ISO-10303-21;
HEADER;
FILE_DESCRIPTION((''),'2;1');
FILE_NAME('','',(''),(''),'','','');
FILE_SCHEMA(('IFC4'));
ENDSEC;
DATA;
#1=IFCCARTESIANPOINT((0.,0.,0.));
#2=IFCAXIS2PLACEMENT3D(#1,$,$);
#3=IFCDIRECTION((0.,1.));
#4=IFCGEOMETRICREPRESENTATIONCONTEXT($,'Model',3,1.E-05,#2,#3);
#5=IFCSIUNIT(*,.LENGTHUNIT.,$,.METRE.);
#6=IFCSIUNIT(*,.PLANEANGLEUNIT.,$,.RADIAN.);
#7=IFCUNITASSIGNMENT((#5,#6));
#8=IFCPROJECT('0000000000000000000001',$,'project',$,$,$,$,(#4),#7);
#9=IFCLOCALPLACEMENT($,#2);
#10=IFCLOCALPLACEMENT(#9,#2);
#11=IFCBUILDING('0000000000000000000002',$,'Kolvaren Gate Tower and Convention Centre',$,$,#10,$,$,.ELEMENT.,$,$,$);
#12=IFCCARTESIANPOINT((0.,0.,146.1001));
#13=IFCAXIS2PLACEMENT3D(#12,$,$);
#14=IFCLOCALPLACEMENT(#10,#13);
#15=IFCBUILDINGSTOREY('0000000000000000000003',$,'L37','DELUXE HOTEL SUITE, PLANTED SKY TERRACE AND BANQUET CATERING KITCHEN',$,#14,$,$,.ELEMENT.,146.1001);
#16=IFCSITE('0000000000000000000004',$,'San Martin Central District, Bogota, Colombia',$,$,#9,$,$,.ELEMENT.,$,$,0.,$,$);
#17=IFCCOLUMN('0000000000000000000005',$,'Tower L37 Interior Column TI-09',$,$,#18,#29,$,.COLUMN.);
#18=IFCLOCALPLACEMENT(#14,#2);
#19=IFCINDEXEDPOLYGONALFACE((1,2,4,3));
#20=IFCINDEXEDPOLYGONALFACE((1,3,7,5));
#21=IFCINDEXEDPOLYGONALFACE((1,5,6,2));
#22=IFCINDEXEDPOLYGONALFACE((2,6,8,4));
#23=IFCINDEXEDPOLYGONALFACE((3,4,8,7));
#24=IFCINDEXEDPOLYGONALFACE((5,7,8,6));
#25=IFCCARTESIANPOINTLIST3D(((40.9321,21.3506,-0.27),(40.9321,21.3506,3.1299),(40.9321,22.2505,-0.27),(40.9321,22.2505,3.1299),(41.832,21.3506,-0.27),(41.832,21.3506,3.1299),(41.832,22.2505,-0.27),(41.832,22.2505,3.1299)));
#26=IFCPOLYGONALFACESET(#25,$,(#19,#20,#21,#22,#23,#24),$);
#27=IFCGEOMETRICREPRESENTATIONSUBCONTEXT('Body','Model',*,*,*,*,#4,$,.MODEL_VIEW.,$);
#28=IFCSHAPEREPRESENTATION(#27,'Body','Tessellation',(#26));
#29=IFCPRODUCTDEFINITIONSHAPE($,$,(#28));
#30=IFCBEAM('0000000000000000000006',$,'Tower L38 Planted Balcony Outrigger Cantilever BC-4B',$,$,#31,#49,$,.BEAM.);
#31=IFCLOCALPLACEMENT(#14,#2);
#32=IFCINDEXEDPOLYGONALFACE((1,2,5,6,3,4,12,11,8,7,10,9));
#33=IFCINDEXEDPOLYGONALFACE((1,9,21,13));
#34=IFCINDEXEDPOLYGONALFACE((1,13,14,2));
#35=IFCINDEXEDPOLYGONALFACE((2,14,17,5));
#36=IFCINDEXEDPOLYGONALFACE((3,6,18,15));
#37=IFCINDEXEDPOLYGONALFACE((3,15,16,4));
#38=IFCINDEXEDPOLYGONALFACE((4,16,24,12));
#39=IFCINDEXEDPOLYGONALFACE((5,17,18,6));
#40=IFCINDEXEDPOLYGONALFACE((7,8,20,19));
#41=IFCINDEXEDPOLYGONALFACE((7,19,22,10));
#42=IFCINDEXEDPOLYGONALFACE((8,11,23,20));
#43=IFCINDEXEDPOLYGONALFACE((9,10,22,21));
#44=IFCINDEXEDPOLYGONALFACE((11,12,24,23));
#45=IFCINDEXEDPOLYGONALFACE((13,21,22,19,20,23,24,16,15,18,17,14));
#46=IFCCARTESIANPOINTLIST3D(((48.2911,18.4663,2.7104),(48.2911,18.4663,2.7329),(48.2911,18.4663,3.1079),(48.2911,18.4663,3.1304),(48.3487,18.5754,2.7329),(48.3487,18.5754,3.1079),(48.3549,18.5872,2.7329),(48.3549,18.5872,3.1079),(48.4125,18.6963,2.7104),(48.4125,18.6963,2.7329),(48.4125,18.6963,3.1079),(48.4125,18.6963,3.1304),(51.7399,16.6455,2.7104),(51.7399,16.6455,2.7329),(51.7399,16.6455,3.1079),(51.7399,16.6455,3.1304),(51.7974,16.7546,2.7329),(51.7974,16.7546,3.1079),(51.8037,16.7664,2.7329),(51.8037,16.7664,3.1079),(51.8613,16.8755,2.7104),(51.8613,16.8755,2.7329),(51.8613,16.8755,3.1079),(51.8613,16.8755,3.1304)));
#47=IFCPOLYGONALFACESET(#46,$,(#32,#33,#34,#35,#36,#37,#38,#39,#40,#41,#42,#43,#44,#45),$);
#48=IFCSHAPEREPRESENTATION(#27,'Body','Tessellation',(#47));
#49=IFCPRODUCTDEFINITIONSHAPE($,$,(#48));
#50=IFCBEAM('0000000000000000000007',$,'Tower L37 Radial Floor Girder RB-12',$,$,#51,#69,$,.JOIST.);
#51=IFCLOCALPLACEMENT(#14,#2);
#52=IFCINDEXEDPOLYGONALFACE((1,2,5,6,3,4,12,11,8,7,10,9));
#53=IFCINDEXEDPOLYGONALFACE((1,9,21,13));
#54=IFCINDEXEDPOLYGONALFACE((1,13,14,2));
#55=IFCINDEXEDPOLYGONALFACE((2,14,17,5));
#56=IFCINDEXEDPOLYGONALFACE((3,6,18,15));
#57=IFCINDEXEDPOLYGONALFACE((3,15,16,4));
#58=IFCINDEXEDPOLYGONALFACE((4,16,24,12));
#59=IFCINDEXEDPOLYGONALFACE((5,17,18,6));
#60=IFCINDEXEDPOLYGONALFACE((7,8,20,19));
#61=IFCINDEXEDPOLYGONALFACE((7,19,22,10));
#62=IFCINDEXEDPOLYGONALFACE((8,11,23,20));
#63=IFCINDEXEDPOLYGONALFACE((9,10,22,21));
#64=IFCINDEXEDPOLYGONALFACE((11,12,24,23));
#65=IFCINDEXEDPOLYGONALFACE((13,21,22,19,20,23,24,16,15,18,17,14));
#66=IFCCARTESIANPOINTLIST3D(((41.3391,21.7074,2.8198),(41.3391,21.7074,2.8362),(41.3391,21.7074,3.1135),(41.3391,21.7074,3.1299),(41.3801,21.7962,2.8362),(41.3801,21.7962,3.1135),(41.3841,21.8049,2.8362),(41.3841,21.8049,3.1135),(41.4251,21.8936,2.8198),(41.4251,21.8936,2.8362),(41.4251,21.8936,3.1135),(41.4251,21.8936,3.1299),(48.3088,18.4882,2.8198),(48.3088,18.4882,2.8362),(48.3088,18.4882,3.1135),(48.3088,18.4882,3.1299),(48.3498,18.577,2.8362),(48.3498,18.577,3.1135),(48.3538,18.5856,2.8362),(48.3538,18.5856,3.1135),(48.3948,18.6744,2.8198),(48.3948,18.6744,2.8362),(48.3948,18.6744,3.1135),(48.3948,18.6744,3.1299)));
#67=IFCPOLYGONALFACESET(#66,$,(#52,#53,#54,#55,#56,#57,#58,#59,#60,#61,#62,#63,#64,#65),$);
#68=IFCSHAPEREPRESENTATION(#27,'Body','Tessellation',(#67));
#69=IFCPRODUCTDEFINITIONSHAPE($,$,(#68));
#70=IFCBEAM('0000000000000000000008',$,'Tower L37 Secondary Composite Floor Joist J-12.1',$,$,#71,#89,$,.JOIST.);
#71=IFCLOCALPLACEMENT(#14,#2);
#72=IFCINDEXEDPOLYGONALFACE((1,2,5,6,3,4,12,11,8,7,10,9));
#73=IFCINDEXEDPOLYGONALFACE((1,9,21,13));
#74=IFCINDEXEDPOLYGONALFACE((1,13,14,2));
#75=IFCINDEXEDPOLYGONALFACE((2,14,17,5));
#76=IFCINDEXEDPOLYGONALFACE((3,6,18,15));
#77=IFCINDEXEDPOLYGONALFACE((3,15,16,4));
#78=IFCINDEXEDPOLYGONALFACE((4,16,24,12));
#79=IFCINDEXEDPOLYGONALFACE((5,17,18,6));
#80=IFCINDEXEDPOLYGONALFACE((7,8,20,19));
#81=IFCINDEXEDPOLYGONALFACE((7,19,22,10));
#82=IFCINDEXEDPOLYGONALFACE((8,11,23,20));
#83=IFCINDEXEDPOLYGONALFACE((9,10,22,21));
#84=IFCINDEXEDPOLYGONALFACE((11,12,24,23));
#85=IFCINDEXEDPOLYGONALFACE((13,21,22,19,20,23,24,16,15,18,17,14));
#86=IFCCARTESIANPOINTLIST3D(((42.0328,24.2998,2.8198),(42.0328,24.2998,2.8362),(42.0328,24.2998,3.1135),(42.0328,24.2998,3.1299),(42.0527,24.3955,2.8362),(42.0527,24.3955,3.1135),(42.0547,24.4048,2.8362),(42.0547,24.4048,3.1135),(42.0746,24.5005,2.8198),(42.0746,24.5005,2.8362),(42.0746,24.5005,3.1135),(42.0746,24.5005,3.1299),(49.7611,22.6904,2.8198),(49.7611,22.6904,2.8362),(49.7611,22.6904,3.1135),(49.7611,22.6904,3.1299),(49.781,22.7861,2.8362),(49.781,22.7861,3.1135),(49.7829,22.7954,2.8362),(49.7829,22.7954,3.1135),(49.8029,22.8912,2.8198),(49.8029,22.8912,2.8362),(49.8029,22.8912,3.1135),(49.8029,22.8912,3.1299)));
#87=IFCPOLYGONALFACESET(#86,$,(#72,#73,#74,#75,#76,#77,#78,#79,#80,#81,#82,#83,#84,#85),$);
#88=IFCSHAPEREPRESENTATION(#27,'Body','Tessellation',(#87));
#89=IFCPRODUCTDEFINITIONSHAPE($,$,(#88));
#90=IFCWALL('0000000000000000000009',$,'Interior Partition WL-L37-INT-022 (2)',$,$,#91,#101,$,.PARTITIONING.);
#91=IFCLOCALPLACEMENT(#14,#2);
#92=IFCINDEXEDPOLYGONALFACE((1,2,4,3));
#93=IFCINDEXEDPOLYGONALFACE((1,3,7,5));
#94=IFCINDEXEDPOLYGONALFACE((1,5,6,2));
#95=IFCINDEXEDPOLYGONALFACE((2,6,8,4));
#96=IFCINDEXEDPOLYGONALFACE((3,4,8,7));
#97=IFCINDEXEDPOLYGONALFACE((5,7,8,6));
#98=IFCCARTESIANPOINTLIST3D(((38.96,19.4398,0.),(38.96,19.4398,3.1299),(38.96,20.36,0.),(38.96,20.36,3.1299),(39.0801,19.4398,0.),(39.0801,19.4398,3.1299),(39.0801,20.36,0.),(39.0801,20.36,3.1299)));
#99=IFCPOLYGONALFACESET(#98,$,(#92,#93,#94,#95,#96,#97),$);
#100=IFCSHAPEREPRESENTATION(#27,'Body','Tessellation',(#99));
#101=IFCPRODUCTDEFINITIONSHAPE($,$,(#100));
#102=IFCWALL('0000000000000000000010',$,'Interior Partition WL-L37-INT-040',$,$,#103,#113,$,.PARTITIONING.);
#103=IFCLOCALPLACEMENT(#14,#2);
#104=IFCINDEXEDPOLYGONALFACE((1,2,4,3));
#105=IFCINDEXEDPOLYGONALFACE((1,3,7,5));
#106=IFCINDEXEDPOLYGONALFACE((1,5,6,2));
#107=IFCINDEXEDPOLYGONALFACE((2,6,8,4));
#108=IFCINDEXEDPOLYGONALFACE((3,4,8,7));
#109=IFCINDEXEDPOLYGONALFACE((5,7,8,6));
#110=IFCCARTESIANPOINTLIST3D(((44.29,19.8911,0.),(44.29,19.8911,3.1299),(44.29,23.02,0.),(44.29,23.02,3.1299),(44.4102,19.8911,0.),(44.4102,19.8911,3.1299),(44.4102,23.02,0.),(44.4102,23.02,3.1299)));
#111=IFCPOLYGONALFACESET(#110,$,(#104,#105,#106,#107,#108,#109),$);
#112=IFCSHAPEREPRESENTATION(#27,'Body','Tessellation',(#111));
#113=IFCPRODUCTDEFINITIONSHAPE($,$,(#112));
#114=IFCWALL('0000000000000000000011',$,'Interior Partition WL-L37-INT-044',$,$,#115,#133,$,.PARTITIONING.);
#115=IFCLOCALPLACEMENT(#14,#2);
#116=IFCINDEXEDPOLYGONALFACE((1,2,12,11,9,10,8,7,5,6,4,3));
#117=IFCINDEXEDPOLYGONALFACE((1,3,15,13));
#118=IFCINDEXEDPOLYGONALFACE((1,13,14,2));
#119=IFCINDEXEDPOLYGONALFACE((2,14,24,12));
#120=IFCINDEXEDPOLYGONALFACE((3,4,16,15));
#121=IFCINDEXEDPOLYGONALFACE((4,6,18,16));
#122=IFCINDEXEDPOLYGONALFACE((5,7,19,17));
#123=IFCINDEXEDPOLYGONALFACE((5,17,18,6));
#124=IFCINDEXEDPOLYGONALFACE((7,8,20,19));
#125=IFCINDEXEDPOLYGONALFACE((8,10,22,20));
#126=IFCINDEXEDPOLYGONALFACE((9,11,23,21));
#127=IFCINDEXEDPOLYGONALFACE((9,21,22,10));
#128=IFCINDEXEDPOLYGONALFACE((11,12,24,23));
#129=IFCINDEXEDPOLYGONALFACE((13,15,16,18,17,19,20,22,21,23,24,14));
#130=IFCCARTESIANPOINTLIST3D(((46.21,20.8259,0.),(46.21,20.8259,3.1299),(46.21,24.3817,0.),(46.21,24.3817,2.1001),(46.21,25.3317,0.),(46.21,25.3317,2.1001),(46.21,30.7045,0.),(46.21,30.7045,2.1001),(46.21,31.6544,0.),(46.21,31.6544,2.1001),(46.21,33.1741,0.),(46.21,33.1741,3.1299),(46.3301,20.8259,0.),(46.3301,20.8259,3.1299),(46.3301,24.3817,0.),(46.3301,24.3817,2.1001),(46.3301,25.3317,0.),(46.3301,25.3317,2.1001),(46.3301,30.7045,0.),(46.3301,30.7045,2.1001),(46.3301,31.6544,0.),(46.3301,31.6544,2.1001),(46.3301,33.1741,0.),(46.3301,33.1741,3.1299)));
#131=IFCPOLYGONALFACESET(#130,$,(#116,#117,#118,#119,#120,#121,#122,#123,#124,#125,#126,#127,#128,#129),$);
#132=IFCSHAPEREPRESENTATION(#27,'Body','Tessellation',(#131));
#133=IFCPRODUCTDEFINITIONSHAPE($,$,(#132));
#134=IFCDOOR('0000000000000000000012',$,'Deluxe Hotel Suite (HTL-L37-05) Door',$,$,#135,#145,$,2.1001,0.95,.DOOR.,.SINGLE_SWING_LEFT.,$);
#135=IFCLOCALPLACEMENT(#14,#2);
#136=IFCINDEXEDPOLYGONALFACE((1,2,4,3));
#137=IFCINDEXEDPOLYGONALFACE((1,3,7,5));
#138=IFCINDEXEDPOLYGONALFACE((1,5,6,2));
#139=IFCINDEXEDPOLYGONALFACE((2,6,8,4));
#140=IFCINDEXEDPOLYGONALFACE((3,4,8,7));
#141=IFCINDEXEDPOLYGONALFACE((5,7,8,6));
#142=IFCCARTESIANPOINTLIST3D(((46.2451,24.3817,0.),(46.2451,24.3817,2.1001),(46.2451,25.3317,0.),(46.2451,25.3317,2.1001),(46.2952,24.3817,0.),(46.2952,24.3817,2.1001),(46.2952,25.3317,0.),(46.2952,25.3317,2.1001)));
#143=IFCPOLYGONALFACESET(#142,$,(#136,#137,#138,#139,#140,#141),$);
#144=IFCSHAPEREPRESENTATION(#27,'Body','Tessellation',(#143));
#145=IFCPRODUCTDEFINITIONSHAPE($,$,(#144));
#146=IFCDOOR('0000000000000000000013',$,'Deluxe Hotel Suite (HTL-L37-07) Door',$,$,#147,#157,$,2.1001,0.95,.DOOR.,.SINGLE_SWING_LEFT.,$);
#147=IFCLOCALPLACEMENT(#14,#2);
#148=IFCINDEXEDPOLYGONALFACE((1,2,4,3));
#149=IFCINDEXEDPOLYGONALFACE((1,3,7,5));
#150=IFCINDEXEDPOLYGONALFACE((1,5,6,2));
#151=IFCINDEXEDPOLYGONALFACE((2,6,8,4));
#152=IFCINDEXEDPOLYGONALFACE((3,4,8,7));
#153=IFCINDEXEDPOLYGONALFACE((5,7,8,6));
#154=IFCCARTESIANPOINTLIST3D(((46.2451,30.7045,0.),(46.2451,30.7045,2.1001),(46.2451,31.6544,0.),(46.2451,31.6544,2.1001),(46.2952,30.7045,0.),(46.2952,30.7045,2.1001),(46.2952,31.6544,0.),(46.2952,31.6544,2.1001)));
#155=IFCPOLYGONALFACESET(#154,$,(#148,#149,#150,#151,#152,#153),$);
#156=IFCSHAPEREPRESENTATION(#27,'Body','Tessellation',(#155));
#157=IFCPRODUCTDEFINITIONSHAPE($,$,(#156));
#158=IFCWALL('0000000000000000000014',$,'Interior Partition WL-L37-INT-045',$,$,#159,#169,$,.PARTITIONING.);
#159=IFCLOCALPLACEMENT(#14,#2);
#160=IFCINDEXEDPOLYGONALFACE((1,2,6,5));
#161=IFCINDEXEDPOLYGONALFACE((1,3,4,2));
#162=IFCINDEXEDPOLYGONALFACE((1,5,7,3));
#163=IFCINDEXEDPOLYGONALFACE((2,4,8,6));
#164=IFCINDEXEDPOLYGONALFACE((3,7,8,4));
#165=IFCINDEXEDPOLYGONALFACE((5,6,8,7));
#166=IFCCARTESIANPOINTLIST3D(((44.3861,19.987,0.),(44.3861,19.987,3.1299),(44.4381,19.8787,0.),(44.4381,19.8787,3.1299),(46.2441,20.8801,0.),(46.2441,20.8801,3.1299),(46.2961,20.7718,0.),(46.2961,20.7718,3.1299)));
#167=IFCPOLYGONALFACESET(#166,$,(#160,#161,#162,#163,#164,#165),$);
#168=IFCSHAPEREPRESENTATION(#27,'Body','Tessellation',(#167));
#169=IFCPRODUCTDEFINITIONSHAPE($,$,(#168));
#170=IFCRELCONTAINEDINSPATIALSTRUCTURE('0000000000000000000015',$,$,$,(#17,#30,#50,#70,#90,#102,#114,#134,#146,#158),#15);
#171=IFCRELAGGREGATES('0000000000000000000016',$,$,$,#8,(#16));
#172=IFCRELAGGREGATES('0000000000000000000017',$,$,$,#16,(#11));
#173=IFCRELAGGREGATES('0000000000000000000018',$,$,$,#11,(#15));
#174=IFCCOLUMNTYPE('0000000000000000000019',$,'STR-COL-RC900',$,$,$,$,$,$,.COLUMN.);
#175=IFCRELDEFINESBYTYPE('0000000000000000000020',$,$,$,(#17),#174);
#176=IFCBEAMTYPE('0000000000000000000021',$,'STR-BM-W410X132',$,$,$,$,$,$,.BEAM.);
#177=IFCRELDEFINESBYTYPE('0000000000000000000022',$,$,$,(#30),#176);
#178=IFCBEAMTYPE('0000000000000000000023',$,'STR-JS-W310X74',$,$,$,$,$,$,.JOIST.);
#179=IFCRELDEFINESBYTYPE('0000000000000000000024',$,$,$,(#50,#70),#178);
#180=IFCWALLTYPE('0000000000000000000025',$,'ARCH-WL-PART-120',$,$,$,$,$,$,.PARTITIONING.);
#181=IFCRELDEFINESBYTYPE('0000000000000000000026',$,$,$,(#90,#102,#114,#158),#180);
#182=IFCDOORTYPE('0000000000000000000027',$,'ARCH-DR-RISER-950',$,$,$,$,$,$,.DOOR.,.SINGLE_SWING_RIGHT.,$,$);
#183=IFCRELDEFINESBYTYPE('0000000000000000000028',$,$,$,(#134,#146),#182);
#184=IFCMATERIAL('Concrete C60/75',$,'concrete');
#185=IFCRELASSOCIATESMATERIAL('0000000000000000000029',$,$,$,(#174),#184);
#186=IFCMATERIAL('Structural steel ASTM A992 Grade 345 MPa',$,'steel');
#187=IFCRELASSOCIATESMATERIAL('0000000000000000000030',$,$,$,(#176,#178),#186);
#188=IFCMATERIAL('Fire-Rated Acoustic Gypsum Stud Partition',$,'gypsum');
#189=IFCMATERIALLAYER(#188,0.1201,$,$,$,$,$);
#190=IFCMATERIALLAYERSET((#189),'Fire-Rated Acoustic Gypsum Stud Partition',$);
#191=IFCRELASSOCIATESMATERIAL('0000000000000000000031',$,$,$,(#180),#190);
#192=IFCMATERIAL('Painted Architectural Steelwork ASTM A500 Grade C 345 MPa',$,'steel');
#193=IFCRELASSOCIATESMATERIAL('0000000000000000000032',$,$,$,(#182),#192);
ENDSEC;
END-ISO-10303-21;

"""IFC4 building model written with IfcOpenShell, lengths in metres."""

from ifc_helpers import new_model, si_unit, direction, frame, frame_2d, origin, origin_2d, place, context, subcontext, project, spatial, rectangle, i_section, extrude, material, layer, layer_set, material_profile, profile_set, type_object, element, fill, save


model = new_model("IFC4")

# Units and contexts
model_context = context("Model", 3, precision=1e-05, world=origin(), true_north=direction((0.0, 1.0)))
body_context = subcontext(model_context, "Body", "Model", "MODEL_VIEW")
ifc_project = project(units=[si_unit("LENGTHUNIT", "METRE"), si_unit("PLANEANGLEUNIT", "RADIAN")], contexts=[model_context])

# Site, building, storey
site_placement = place(None, origin())
site = spatial("IfcSite", under=ifc_project, at=site_placement, Name="San Martin Central District, Bogota, Colombia", CompositionType="ELEMENT", RefElevation=0.0)
building_placement = place(site_placement, origin())
building = spatial("IfcBuilding", under=site, at=building_placement, Name="Kolvaren Gate Tower and Convention Centre", CompositionType="ELEMENT")
storey_placement = place(building_placement, frame((0.0, 0.0, 146.1001)))
storey = spatial("IfcBuildingStorey", under=building, at=storey_placement, Name="L37", Description="DELUXE HOTEL SUITE, PLANTED SKY TERRACE AND BANQUET CATERING KITCHEN", CompositionType="ELEMENT", Elevation=146.1001)

# Column
ifc_material_1 = material(Name="Concrete C60/75", Category="concrete")
ifc_material_profile_1 = material_profile(ifc_material_1, rectangle(XDim=0.8999, YDim=0.8999, at=origin_2d()), Name="RC-COL-900X900")
ifc_profile_set_1 = profile_set([ifc_material_profile_1], Name="Concrete C60/75")
column_type = type_object("IfcColumnType", Name="STR-COL-RC900", PredefinedType="COLUMN", material=ifc_profile_set_1)
column_placement = place(storey_placement, frame((41.3821, 21.8005, -0.27), z_axis=(0.0, 0.0, 1.0), x_axis=(1.0, 0.0, 0.0)))
element("IfcColumn", 1, at=column_placement, inside=storey, type_object=column_type, Name="Tower L37 Interior Column TI-09", PredefinedType="COLUMN", context=body_context, shape_type="SweptSolid", body=[
    extrude(rectangle(XDim=0.8999, YDim=0.8999, at=origin_2d()), origin(), (0.0, 0.0, 1.0), 3.3999),
])

# Beams
ifc_material_2 = material(Name="Structural steel ASTM A992 Grade 345 MPa", Category="steel")
ifc_material_profile_2 = material_profile(ifc_material_2, i_section(OverallWidth=0.26, OverallDepth=0.4199, WebThickness=0.0134, FlangeThickness=0.0225, at=origin_2d()), Name="W410X132")
ifc_profile_set_2 = profile_set([ifc_material_profile_2], Name="Structural steel ASTM A992 Grade 345 MPa")
beam_type_1 = type_object("IfcBeamType", Name="STR-BM-W410X132", PredefinedType="BEAM", material=ifc_profile_set_2)
beam_1_placement = place(storey_placement, frame((48.3518, 18.5813, 2.9204), z_axis=(0.884317, -0.466886, 0.0), x_axis=(0.466886, 0.884317, 0.0)))
element("IfcBeam", 2, at=beam_1_placement, inside=storey, type_object=beam_type_1, Name="Tower L38 Planted Balcony Outrigger Cantilever BC-4B", PredefinedType="BEAM", context=body_context, shape_type="SweptSolid", body=[
    extrude(i_section(OverallWidth=0.26, OverallDepth=0.4199, WebThickness=0.0134, FlangeThickness=0.0225, at=origin_2d()), origin(), (0.0, 0.0, 1.0), 3.8999),
])
ifc_material_profile_3 = material_profile(ifc_material_2, i_section(OverallWidth=0.2051, OverallDepth=0.3101, WebThickness=0.0095, FlangeThickness=0.0164, at=origin_2d()), Name="W310X74")
ifc_profile_set_3 = profile_set([ifc_material_profile_3], Name="Structural steel ASTM A992 Grade 345 MPa")
beam_type_2 = type_object("IfcBeamType", Name="STR-JS-W310X74", PredefinedType="JOIST", material=ifc_profile_set_3)
beam_2_placement = place(storey_placement, frame((41.3821, 21.8005, 2.9749), z_axis=(0.907838, -0.41932, 0.0), x_axis=(0.41932, 0.907838, 0.0)))
element("IfcBeam", 3, at=beam_2_placement, inside=storey, type_object=beam_type_2, Name="Tower L37 Radial Floor Girder RB-12", PredefinedType="JOIST", context=body_context, shape_type="SweptSolid", body=[
    extrude(i_section(OverallWidth=0.2051, OverallDepth=0.3101, WebThickness=0.0095, FlangeThickness=0.0164, at=origin_2d()), origin(), (0.0, 0.0, 1.0), 7.6772),
])
beam_3_placement = place(storey_placement, frame((42.0537, 24.4001, 2.9749), z_axis=(0.978998, -0.203872, 0.0), x_axis=(0.203872, 0.978998, 0.0)))
element("IfcBeam", 4, at=beam_3_placement, inside=storey, type_object=beam_type_2, Name="Tower L37 Secondary Composite Floor Joist J-12.1", PredefinedType="JOIST", context=body_context, shape_type="SweptSolid", body=[
    extrude(i_section(OverallWidth=0.2051, OverallDepth=0.3101, WebThickness=0.0095, FlangeThickness=0.0164, at=origin_2d()), origin(), (0.0, 0.0, 1.0), 7.894),
])

# Walls
ifc_material_3 = material(Name="Fire-Rated Acoustic Gypsum Stud Partition", Category="gypsum")
ifc_layer_1 = layer(ifc_material_3, 0.1201)
ifc_layer_set_1 = layer_set([ifc_layer_1], Name="Fire-Rated Acoustic Gypsum Stud Partition")
wall_type_1 = type_object("IfcWallType", Name="ARCH-WL-PART-120", PredefinedType="PARTITIONING", material=ifc_layer_set_1)
wall_1_placement = place(storey_placement, frame((39.02, 19.4399, 0.0), z_axis=(0.0, 0.0, 1.0), x_axis=(0.0, 1.0, 0.0)))
element("IfcWall", 5, at=wall_1_placement, inside=storey, type_object=wall_type_1, Name="Interior Partition WL-L37-INT-022 (2)", PredefinedType="PARTITIONING", context=body_context, shape_type="SweptSolid", body=[
    extrude(rectangle(XDim=0.9202, YDim=0.1201, at=frame_2d((0.46, 0.0))), origin(), (0.0, 0.0, 1.0), 3.1299),
])
wall_2_placement = place(storey_placement, frame((44.3501, 19.8911, 0.0), z_axis=(0.0, 0.0, 1.0), x_axis=(0.0, 1.0, 0.0)))
element("IfcWall", 6, at=wall_2_placement, inside=storey, type_object=wall_type_1, Name="Interior Partition WL-L37-INT-040", PredefinedType="PARTITIONING", context=body_context, shape_type="SweptSolid", body=[
    extrude(rectangle(XDim=3.1289, YDim=0.1201, at=frame_2d((1.5645, 0.0))), origin(), (0.0, 0.0, 1.0), 3.1299),
])

# Wall, openings, doors
wall_3_placement = place(storey_placement, frame((46.27, 20.8259, 0.0), z_axis=(0.0, 0.0, 1.0), x_axis=(0.0, 1.0, 0.0)))
wall_3 = element("IfcWall", 7, at=wall_3_placement, inside=storey, type_object=wall_type_1, Name="Interior Partition WL-L37-INT-044", PredefinedType="PARTITIONING", context=body_context, shape_type="SweptSolid", body=[
    extrude(rectangle(XDim=12.3481, YDim=0.1201, at=frame_2d((6.1741, 0.0))), origin(), (0.0, 0.0, 1.0), 3.1299),
])
opening_1_placement = place(wall_3_placement, frame((3.5557, 0.0, 0.0)))
opening_1 = element("IfcOpeningElement", 8, at=opening_1_placement, cuts=wall_3, PredefinedType="OPENING", context=body_context, shape_type="SweptSolid", body=[
    extrude(rectangle(XDim=0.95, YDim=2.1001, at=frame_2d((0.4751, 1.05))), frame((0.0, 0.0701, 0.0), z_axis=(0.0, -1.0, 0.0), x_axis=(1.0, 0.0, 0.0)), (0.0, 0.0, 1.0), 0.1401),
])
opening_2_placement = place(wall_3_placement, frame((9.8784, 0.0, 0.0)))
opening_2 = element("IfcOpeningElement", 9, at=opening_2_placement, cuts=wall_3, PredefinedType="OPENING", context=body_context, shape_type="SweptSolid", body=[
    extrude(rectangle(XDim=0.95, YDim=2.1001, at=frame_2d((0.4751, 1.05))), frame((0.0, 0.0701, 0.0), z_axis=(0.0, -1.0, 0.0), x_axis=(1.0, 0.0, 0.0)), (0.0, 0.0, 1.0), 0.1401),
])
ifc_material_4 = material(Name="Painted Architectural Steelwork ASTM A500 Grade C 345 MPa", Category="steel")
door_type_1 = type_object("IfcDoorType", Name="ARCH-DR-RISER-950", OperationType="SINGLE_SWING_RIGHT", PredefinedType="DOOR", material=ifc_material_4)
door_1_placement = place(opening_1_placement, origin())
door_1 = element("IfcDoor", 10, at=door_1_placement, inside=storey, type_object=door_type_1, Name="Deluxe Hotel Suite (HTL-L37-05) Door", OperationType="SINGLE_SWING_LEFT", OverallHeight=2.1001, OverallWidth=0.95, PredefinedType="DOOR", context=body_context, shape_type="SweptSolid", body=[
    extrude(rectangle(XDim=0.95, YDim=2.1001, at=frame_2d((0.4751, 1.05))), frame((0.0, 0.0249, 0.0), z_axis=(0.0, -1.0, 0.0), x_axis=(1.0, 0.0, 0.0)), (0.0, 0.0, 1.0), 0.05),
])
fill(opening_1, door_1)
door_2_placement = place(opening_2_placement, origin())
door_2 = element("IfcDoor", 11, at=door_2_placement, inside=storey, type_object=door_type_1, Name="Deluxe Hotel Suite (HTL-L37-07) Door", OperationType="SINGLE_SWING_LEFT", OverallHeight=2.1001, OverallWidth=0.95, PredefinedType="DOOR", context=body_context, shape_type="SweptSolid", body=[
    extrude(rectangle(XDim=0.95, YDim=2.1001, at=frame_2d((0.4751, 1.05))), frame((0.0, 0.0249, 0.0), z_axis=(0.0, -1.0, 0.0), x_axis=(1.0, 0.0, 0.0)), (0.0, 0.0, 1.0), 0.05),
])
fill(opening_2, door_2)

# Wall
wall_4_placement = place(storey_placement, frame((44.4121, 19.9329, 0.0), z_axis=(0.0, 0.0, 1.0), x_axis=(0.901283, 0.433232, 0.0)))
element("IfcWall", 12, at=wall_4_placement, inside=storey, type_object=wall_type_1, Name="Interior Partition WL-L37-INT-045", PredefinedType="PARTITIONING", context=body_context, shape_type="SweptSolid", body=[
    extrude(rectangle(XDim=2.0615, YDim=0.1201, at=frame_2d((1.0308, 0.0))), origin(), (0.0, 0.0, 1.0), 3.1299),
])

save(model, "model.ifc")
